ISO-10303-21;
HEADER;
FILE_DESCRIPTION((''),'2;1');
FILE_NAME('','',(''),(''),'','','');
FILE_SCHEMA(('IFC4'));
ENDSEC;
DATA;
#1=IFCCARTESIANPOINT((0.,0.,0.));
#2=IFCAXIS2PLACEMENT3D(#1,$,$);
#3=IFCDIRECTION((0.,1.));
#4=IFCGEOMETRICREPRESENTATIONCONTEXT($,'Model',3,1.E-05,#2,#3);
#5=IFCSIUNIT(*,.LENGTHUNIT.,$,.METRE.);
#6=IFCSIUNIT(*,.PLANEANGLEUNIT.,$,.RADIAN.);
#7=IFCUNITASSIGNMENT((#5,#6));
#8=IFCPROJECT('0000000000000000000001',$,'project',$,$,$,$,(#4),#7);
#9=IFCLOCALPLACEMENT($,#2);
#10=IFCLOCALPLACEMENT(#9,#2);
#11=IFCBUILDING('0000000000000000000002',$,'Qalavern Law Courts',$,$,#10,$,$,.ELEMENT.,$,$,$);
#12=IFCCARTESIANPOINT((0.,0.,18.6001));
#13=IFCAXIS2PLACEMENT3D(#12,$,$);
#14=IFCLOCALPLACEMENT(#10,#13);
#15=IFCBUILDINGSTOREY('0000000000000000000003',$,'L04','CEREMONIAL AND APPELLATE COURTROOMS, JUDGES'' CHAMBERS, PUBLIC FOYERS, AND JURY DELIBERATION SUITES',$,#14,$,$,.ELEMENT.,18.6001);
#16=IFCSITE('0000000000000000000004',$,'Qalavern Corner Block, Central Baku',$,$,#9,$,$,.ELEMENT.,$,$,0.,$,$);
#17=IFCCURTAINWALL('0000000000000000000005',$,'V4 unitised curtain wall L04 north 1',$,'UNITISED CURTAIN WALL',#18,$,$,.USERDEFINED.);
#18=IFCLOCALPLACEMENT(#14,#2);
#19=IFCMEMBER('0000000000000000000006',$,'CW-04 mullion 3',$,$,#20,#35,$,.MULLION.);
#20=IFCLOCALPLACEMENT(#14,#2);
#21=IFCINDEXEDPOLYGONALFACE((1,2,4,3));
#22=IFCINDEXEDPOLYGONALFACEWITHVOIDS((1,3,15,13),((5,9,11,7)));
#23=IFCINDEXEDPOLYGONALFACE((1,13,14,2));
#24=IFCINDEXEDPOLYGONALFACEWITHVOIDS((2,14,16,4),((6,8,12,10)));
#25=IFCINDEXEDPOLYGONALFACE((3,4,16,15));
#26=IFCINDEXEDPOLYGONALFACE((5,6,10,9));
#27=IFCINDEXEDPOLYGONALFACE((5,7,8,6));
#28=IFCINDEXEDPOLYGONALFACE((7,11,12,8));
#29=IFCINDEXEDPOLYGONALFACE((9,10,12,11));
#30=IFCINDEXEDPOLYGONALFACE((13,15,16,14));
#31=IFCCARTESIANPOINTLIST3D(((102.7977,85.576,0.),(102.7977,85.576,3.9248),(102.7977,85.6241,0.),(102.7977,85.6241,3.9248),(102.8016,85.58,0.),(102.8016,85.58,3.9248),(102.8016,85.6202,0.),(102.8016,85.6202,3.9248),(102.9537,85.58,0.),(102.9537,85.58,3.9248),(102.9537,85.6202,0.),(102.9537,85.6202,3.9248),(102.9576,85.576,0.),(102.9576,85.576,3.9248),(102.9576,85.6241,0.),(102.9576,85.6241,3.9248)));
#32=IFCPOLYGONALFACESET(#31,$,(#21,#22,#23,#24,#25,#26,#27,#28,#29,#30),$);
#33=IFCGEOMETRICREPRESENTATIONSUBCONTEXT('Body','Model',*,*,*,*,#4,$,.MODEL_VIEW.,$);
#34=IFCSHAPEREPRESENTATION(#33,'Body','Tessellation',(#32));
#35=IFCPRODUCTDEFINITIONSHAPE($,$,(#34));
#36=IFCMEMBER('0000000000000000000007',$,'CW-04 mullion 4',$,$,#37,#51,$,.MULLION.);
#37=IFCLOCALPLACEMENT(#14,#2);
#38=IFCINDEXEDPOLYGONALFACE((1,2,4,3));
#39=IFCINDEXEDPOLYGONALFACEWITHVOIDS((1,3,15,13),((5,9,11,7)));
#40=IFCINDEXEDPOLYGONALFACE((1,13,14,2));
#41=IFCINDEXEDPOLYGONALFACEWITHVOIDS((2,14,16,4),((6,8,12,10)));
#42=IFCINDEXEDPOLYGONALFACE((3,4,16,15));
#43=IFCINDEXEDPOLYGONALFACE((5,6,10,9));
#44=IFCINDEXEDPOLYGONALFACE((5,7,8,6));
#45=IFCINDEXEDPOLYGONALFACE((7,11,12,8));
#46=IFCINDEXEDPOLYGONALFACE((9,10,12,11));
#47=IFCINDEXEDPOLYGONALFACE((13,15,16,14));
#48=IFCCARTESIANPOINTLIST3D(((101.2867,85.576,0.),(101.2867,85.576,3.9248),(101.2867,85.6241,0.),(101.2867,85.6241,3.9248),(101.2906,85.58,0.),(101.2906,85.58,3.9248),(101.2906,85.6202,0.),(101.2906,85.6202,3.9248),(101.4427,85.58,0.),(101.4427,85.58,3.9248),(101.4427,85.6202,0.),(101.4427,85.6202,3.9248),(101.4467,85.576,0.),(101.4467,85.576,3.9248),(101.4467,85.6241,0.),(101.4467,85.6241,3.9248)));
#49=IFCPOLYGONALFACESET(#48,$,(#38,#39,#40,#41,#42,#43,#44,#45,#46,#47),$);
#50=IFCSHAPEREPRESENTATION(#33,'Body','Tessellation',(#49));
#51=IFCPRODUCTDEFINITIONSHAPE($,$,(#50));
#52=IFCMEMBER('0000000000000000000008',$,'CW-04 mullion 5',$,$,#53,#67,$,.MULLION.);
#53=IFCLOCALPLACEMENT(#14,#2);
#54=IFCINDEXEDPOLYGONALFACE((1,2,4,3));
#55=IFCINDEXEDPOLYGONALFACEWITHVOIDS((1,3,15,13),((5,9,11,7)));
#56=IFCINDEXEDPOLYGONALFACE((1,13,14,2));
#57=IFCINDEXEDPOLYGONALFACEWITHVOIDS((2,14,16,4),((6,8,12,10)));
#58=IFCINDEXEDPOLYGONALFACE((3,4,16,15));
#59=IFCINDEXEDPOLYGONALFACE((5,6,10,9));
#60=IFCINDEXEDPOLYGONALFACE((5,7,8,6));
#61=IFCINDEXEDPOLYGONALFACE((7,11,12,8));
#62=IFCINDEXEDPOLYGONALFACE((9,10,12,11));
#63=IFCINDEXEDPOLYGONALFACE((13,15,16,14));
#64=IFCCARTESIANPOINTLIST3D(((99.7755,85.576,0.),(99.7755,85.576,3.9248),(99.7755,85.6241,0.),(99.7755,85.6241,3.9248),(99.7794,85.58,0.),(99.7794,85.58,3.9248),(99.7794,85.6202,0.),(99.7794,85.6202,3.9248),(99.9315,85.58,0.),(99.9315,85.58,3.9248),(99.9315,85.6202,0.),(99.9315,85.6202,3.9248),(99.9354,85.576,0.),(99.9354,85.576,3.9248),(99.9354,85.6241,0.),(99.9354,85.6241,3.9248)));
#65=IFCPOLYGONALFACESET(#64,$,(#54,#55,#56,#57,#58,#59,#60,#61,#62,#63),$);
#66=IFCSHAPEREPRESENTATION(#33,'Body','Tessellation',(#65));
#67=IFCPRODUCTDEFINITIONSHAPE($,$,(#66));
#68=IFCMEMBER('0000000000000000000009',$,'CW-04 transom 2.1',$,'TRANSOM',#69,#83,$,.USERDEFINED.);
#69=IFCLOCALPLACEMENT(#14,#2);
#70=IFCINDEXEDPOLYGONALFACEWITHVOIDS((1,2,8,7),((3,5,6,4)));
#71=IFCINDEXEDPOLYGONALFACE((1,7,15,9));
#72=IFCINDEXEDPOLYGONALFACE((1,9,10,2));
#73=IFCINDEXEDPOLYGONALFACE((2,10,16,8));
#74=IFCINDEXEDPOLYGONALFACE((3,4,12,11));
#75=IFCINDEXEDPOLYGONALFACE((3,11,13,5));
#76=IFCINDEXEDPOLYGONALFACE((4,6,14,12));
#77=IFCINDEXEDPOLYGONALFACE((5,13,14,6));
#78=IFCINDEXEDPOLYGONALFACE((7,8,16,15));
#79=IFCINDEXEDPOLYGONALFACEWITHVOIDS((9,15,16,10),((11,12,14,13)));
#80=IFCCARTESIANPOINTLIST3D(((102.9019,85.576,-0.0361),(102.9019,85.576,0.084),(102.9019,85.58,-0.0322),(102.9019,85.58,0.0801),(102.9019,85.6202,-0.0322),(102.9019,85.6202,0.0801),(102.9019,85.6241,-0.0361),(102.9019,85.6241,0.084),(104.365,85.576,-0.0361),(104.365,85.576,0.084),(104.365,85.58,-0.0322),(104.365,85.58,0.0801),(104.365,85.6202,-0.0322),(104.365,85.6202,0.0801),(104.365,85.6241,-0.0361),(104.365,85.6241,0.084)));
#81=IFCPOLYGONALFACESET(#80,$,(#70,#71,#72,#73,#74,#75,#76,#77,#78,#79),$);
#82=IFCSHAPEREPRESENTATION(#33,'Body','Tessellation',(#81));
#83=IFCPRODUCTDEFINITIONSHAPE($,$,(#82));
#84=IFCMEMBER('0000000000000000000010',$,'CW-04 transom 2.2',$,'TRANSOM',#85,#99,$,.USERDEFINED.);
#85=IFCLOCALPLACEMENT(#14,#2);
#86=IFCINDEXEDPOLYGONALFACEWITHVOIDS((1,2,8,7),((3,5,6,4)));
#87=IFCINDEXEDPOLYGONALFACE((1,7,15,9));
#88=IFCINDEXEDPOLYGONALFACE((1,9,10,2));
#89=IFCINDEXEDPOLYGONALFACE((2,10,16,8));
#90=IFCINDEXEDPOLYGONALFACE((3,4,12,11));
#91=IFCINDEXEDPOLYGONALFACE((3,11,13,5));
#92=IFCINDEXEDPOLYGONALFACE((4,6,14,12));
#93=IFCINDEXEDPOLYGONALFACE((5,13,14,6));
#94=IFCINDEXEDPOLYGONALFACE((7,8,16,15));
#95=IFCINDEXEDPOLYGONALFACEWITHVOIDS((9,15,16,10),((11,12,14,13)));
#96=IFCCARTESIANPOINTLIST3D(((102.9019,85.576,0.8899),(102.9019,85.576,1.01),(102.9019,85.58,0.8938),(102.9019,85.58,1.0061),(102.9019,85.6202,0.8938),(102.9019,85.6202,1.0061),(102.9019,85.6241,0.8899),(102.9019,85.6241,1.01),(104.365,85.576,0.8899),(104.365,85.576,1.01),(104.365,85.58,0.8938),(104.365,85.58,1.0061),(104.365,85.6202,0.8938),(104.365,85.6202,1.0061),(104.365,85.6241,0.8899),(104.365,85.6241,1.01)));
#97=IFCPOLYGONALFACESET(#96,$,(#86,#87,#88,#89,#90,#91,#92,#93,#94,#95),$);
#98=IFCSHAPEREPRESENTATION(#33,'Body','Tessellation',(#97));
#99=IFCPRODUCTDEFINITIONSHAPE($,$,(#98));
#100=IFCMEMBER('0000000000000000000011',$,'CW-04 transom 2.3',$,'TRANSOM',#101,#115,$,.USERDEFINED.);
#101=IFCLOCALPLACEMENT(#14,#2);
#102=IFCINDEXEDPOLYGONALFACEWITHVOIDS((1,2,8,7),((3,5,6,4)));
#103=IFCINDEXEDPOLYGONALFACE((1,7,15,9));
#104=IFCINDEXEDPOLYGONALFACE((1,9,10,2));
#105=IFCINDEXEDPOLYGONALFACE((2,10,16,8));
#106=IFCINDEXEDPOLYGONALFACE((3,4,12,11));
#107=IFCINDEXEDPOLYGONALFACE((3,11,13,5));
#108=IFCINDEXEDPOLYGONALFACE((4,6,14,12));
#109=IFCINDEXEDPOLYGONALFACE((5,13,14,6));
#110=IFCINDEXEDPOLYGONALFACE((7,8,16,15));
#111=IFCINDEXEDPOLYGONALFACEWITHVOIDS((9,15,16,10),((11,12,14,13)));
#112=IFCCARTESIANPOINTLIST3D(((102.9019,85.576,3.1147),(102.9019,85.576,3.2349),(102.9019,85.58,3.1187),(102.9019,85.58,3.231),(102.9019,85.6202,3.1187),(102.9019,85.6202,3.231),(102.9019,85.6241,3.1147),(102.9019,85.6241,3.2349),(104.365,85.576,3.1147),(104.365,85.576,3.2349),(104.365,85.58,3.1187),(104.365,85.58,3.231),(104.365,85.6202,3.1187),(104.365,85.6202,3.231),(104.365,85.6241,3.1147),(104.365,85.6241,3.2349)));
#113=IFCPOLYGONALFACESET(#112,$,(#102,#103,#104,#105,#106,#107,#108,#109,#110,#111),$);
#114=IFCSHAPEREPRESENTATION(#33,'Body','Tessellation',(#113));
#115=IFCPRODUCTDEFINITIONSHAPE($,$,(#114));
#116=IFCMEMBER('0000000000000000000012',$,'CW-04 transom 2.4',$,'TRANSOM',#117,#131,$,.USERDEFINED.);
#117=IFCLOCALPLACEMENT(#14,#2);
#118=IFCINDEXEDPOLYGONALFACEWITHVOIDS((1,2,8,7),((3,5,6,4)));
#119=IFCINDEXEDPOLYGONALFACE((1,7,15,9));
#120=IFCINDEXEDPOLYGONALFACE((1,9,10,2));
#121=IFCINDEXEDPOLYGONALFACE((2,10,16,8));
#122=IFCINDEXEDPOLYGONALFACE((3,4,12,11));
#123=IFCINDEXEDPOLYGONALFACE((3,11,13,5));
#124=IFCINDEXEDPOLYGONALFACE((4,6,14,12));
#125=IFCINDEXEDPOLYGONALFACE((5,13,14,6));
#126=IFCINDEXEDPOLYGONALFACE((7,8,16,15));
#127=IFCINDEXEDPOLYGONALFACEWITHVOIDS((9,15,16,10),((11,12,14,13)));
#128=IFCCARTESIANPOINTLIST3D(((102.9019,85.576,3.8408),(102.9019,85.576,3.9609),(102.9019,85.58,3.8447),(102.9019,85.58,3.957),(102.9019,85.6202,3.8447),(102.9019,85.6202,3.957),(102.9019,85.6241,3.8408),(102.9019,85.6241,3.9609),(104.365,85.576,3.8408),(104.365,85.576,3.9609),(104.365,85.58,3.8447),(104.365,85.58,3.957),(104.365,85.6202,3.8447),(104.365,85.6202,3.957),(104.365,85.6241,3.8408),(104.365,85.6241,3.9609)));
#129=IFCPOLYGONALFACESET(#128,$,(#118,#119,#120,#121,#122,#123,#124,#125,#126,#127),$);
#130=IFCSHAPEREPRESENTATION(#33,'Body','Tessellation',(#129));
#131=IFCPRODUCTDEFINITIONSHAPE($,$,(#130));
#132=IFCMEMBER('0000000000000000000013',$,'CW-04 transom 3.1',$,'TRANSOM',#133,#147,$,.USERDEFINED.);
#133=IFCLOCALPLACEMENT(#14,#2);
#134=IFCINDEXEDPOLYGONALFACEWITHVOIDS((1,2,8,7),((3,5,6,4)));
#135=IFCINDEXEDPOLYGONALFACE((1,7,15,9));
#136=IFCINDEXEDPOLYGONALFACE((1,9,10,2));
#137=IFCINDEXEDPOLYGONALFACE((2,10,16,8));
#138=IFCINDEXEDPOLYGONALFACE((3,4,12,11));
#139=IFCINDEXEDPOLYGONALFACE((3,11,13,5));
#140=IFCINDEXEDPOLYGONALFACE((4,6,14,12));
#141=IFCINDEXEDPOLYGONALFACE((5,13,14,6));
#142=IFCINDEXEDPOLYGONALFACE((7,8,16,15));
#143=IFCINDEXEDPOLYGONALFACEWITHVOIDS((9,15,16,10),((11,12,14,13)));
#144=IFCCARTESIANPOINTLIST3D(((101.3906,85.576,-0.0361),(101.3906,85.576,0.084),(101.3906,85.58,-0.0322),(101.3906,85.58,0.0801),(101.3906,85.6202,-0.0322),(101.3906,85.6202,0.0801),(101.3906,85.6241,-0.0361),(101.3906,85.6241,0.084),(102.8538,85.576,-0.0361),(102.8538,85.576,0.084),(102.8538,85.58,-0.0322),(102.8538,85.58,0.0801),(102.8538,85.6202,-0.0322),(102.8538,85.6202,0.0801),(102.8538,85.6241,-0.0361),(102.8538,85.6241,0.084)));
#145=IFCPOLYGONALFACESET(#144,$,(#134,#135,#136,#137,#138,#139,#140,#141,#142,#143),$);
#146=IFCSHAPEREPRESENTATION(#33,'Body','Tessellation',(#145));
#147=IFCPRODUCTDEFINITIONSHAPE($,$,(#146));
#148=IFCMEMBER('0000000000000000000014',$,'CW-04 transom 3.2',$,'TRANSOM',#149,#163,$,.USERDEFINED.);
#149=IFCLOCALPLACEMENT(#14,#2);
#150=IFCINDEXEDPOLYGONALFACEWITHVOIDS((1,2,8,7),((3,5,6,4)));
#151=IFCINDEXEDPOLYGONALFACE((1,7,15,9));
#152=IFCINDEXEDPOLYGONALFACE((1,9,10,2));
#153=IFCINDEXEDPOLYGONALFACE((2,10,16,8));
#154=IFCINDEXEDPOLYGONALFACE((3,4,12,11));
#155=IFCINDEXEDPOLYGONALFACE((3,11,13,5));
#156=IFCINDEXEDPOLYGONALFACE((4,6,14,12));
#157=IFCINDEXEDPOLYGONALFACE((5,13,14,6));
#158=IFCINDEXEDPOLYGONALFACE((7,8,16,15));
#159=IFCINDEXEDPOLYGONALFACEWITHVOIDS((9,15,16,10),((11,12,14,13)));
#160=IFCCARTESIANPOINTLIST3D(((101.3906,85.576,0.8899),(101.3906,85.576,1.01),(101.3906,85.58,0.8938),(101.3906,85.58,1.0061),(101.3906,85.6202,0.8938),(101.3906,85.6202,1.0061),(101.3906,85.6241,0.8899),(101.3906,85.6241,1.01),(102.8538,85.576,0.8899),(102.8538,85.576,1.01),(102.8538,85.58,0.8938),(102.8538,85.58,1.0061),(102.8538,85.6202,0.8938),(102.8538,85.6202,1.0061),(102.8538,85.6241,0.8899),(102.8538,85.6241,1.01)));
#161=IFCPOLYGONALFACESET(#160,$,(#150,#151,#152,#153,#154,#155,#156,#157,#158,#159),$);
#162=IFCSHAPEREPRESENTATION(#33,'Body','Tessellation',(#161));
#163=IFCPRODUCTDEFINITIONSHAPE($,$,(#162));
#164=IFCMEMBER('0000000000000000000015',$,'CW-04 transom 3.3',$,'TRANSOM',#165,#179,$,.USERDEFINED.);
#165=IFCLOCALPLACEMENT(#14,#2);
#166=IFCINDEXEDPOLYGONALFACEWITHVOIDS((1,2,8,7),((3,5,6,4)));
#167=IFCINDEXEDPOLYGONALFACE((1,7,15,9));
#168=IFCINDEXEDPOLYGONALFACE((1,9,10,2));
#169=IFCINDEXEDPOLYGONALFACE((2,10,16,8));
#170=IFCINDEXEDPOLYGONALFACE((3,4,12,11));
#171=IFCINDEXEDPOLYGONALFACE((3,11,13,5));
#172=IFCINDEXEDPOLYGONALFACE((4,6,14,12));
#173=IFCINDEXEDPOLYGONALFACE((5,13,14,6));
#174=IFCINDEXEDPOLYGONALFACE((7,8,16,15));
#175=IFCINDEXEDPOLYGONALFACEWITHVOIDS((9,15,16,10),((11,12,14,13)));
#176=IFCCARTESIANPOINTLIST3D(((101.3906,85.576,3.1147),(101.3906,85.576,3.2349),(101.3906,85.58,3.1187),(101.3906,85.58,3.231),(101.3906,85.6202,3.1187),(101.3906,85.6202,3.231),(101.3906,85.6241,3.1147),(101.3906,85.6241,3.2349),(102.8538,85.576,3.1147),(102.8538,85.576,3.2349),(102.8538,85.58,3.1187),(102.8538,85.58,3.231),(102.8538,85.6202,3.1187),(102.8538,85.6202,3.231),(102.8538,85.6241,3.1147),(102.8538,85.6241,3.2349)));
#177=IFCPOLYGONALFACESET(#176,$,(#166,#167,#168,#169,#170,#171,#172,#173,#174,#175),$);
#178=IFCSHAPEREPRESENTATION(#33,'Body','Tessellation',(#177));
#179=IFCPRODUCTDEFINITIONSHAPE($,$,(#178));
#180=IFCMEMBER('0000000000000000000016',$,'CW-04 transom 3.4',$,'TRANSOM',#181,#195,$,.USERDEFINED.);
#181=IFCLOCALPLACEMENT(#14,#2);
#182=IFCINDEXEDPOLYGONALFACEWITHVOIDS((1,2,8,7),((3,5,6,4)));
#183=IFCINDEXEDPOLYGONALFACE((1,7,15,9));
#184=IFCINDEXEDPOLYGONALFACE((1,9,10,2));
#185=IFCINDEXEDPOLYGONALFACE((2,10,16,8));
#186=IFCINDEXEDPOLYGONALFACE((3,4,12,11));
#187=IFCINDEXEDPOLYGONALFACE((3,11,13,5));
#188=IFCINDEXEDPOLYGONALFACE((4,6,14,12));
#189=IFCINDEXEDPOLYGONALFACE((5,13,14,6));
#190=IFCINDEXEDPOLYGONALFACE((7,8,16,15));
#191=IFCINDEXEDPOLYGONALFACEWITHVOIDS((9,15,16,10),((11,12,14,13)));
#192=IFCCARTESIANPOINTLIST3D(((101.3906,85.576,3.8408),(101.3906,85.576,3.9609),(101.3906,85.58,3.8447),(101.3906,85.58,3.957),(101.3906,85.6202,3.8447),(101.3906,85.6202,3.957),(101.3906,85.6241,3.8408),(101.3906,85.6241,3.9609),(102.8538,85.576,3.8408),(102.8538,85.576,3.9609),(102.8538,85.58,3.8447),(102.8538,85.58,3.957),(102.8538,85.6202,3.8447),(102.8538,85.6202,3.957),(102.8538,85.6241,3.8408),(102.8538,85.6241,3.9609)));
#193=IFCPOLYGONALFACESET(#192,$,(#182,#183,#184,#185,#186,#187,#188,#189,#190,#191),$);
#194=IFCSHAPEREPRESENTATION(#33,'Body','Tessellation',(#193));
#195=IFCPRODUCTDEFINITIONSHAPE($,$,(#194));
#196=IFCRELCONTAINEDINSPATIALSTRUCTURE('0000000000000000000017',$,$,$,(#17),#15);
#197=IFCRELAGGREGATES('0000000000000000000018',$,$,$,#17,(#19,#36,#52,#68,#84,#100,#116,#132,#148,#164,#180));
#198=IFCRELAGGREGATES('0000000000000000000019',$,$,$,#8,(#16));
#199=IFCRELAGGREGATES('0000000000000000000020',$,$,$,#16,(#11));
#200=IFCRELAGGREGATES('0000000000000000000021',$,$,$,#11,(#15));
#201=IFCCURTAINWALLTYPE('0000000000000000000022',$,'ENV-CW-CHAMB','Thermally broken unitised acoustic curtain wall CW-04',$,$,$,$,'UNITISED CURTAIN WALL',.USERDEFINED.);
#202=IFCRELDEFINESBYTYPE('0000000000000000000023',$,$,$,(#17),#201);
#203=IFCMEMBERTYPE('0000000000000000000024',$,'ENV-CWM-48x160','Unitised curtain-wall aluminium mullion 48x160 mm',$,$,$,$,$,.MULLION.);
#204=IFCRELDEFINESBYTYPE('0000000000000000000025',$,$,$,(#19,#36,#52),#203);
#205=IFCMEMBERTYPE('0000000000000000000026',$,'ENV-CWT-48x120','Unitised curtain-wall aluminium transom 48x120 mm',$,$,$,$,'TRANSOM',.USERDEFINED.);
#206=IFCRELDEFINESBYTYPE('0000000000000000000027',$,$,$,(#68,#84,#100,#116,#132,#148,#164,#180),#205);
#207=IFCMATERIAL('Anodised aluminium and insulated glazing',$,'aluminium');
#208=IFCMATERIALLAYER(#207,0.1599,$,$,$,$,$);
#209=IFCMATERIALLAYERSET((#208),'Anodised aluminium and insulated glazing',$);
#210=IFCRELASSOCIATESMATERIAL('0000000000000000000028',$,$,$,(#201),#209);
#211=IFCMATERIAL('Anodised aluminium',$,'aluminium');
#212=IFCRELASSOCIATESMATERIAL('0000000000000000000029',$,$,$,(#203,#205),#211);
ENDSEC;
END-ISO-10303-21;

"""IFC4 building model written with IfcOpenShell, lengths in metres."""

from ifc_helpers import new_model, si_unit, direction, frame, origin, origin_2d, place, context, subcontext, project, spatial, hollow_rectangle, extrude, material, layer, layer_set, material_profile, profile_set, type_object, element, aggregate, save


model = new_model("IFC4")

# Units and contexts
model_context = context("Model", 3, precision=1e-05, world=origin(), true_north=direction((0.0, 1.0)))
body_context = subcontext(model_context, "Body", "Model", "MODEL_VIEW")
ifc_project = project(units=[si_unit("LENGTHUNIT", "METRE"), si_unit("PLANEANGLEUNIT", "RADIAN")], contexts=[model_context])

# Site, building, storey
site_placement = place(None, origin())
site = spatial("IfcSite", under=ifc_project, at=site_placement, Name="Qalavern Corner Block, Central Baku", CompositionType="ELEMENT", RefElevation=0.0)
building_placement = place(site_placement, origin())
building = spatial("IfcBuilding", under=site, at=building_placement, Name="Qalavern Law Courts", CompositionType="ELEMENT")
storey_placement = place(building_placement, frame((0.0, 0.0, 18.6001)))
storey = spatial("IfcBuildingStorey", under=building, at=storey_placement, Name="L04", Description="CEREMONIAL AND APPELLATE COURTROOMS, JUDGES' CHAMBERS, PUBLIC FOYERS, AND JURY DELIBERATION SUITES", CompositionType="ELEMENT", Elevation=18.6001)

# Curtain wall, members
ifc_material_1 = material(Name="Anodised aluminium and insulated glazing", Category="aluminium")
ifc_layer_1 = layer(ifc_material_1, 0.1599)
ifc_layer_set_1 = layer_set([ifc_layer_1], Name="Anodised aluminium and insulated glazing")
curtain_wall_type = type_object("IfcCurtainWallType", Name="ENV-CW-CHAMB", Description="Thermally broken unitised acoustic curtain wall CW-04", ElementType="UNITISED CURTAIN WALL", PredefinedType="USERDEFINED", material=ifc_layer_set_1)
curtain_wall_placement = place(storey_placement, origin())
curtain_wall = element("IfcCurtainWall", 1, at=curtain_wall_placement, inside=storey, type_object=curtain_wall_type, Name="V4 unitised curtain wall L04 north 1", ObjectType="UNITISED CURTAIN WALL", PredefinedType="USERDEFINED")
ifc_material_2 = material(Name="Anodised aluminium", Category="aluminium")
ifc_material_profile_1 = material_profile(ifc_material_2, hollow_rectangle(XDim=0.0481, YDim=0.1599, WallThickness=0.0039, at=origin_2d()), Name="ALU MULLION 48x160")
ifc_profile_set_1 = profile_set([ifc_material_profile_1], Name="Anodised aluminium")
member_type_1 = type_object("IfcMemberType", Name="ENV-CWM-48x160", Description="Unitised curtain-wall aluminium mullion 48x160 mm", PredefinedType="MULLION", material=ifc_profile_set_1)
member_1_placement = place(storey_placement, frame((102.8777, 85.6001, 0.0), z_axis=(0.0, 0.0, 1.0), x_axis=(0.0, -1.0, 0.0)))
member_1 = element("IfcMember", 2, at=member_1_placement, type_object=member_type_1, Name="CW-04 mullion 3", PredefinedType="MULLION", context=body_context, shape_type="SweptSolid", body=[
    extrude(hollow_rectangle(XDim=0.0481, YDim=0.1599, WallThickness=0.0039, at=origin_2d()), origin(), (0.0, 0.0, 1.0), 3.9248),
])
member_2_placement = place(storey_placement, frame((101.3667, 85.6001, 0.0), z_axis=(0.0, 0.0, 1.0), x_axis=(0.0, -1.0, 0.0)))
member_2 = element("IfcMember", 3, at=member_2_placement, type_object=member_type_1, Name="CW-04 mullion 4", PredefinedType="MULLION", context=body_context, shape_type="SweptSolid", body=[
    extrude(hollow_rectangle(XDim=0.0481, YDim=0.1599, WallThickness=0.0039, at=origin_2d()), origin(), (0.0, 0.0, 1.0), 3.9248),
])
member_3_placement = place(storey_placement, frame((99.8555, 85.6001, 0.0), z_axis=(0.0, 0.0, 1.0), x_axis=(0.0, -1.0, 0.0)))
member_3 = element("IfcMember", 4, at=member_3_placement, type_object=member_type_1, Name="CW-04 mullion 5", PredefinedType="MULLION", context=body_context, shape_type="SweptSolid", body=[
    extrude(hollow_rectangle(XDim=0.0481, YDim=0.1599, WallThickness=0.0039, at=origin_2d()), origin(), (0.0, 0.0, 1.0), 3.9248),
])
ifc_material_profile_2 = material_profile(ifc_material_2, hollow_rectangle(XDim=0.0481, YDim=0.1201, WallThickness=0.0039, at=origin_2d()), Name="ALU TRANSOM 48x120")
ifc_profile_set_2 = profile_set([ifc_material_profile_2], Name="Anodised aluminium")
member_type_2 = type_object("IfcMemberType", Name="ENV-CWT-48x120", Description="Unitised curtain-wall aluminium transom 48x120 mm", ElementType="TRANSOM", PredefinedType="USERDEFINED", material=ifc_profile_set_2)
member_4_placement = place(storey_placement, frame((104.365, 85.6001, 0.0239), z_axis=(-1.0, 0.0, 0.0), x_axis=(0.0, -1.0, 0.0)))
member_4 = element("IfcMember", 5, at=member_4_placement, type_object=member_type_2, Name="CW-04 transom 2.1", ObjectType="TRANSOM", PredefinedType="USERDEFINED", context=body_context, shape_type="SweptSolid", body=[
    extrude(hollow_rectangle(XDim=0.0481, YDim=0.1201, WallThickness=0.0039, at=origin_2d()), origin(), (0.0, 0.0, 1.0), 1.4631),
])
member_5_placement = place(storey_placement, frame((104.365, 85.6001, 0.95), z_axis=(-1.0, 0.0, 0.0), x_axis=(0.0, -1.0, 0.0)))
member_5 = element("IfcMember", 6, at=member_5_placement, type_object=member_type_2, Name="CW-04 transom 2.2", ObjectType="TRANSOM", PredefinedType="USERDEFINED", context=body_context, shape_type="SweptSolid", body=[
    extrude(hollow_rectangle(XDim=0.0481, YDim=0.1201, WallThickness=0.0039, at=origin_2d()), origin(), (0.0, 0.0, 1.0), 1.4631),
])
member_6_placement = place(storey_placement, frame((104.365, 85.6001, 3.1748), z_axis=(-1.0, 0.0, 0.0), x_axis=(0.0, -1.0, 0.0)))
member_6 = element("IfcMember", 7, at=member_6_placement, type_object=member_type_2, Name="CW-04 transom 2.3", ObjectType="TRANSOM", PredefinedType="USERDEFINED", context=body_context, shape_type="SweptSolid", body=[
    extrude(hollow_rectangle(XDim=0.0481, YDim=0.1201, WallThickness=0.0039, at=origin_2d()), origin(), (0.0, 0.0, 1.0), 1.4631),
])
member_7_placement = place(storey_placement, frame((104.365, 85.6001, 3.9009), z_axis=(-1.0, 0.0, 0.0), x_axis=(0.0, -1.0, 0.0)))
member_7 = element("IfcMember", 8, at=member_7_placement, type_object=member_type_2, Name="CW-04 transom 2.4", ObjectType="TRANSOM", PredefinedType="USERDEFINED", context=body_context, shape_type="SweptSolid", body=[
    extrude(hollow_rectangle(XDim=0.0481, YDim=0.1201, WallThickness=0.0039, at=origin_2d()), origin(), (0.0, 0.0, 1.0), 1.4631),
])
member_8_placement = place(storey_placement, frame((102.8538, 85.6001, 0.0239), z_axis=(-1.0, 0.0, 0.0), x_axis=(0.0, -1.0, 0.0)))
member_8 = element("IfcMember", 9, at=member_8_placement, type_object=member_type_2, Name="CW-04 transom 3.1", ObjectType="TRANSOM", PredefinedType="USERDEFINED", context=body_context, shape_type="SweptSolid", body=[
    extrude(hollow_rectangle(XDim=0.0481, YDim=0.1201, WallThickness=0.0039, at=origin_2d()), origin(), (0.0, 0.0, 1.0), 1.4631),
])
member_9_placement = place(storey_placement, frame((102.8538, 85.6001, 0.95), z_axis=(-1.0, 0.0, 0.0), x_axis=(0.0, -1.0, 0.0)))
member_9 = element("IfcMember", 10, at=member_9_placement, type_object=member_type_2, Name="CW-04 transom 3.2", ObjectType="TRANSOM", PredefinedType="USERDEFINED", context=body_context, shape_type="SweptSolid", body=[
    extrude(hollow_rectangle(XDim=0.0481, YDim=0.1201, WallThickness=0.0039, at=origin_2d()), origin(), (0.0, 0.0, 1.0), 1.4631),
])
member_10_placement = place(storey_placement, frame((102.8538, 85.6001, 3.1748), z_axis=(-1.0, 0.0, 0.0), x_axis=(0.0, -1.0, 0.0)))
member_10 = element("IfcMember", 11, at=member_10_placement, type_object=member_type_2, Name="CW-04 transom 3.3", ObjectType="TRANSOM", PredefinedType="USERDEFINED", context=body_context, shape_type="SweptSolid", body=[
    extrude(hollow_rectangle(XDim=0.0481, YDim=0.1201, WallThickness=0.0039, at=origin_2d()), origin(), (0.0, 0.0, 1.0), 1.4631),
])
member_11_placement = place(storey_placement, frame((102.8538, 85.6001, 3.9009), z_axis=(-1.0, 0.0, 0.0), x_axis=(0.0, -1.0, 0.0)))
member_11 = element("IfcMember", 12, at=member_11_placement, type_object=member_type_2, Name="CW-04 transom 3.4", ObjectType="TRANSOM", PredefinedType="USERDEFINED", context=body_context, shape_type="SweptSolid", body=[
    extrude(hollow_rectangle(XDim=0.0481, YDim=0.1201, WallThickness=0.0039, at=origin_2d()), origin(), (0.0, 0.0, 1.0), 1.4631),
])
aggregate(curtain_wall, [member_1, member_2, member_3, member_4, member_5, member_6, member_7, member_8, member_9, member_10, member_11])

save(model, "model.ifc")
